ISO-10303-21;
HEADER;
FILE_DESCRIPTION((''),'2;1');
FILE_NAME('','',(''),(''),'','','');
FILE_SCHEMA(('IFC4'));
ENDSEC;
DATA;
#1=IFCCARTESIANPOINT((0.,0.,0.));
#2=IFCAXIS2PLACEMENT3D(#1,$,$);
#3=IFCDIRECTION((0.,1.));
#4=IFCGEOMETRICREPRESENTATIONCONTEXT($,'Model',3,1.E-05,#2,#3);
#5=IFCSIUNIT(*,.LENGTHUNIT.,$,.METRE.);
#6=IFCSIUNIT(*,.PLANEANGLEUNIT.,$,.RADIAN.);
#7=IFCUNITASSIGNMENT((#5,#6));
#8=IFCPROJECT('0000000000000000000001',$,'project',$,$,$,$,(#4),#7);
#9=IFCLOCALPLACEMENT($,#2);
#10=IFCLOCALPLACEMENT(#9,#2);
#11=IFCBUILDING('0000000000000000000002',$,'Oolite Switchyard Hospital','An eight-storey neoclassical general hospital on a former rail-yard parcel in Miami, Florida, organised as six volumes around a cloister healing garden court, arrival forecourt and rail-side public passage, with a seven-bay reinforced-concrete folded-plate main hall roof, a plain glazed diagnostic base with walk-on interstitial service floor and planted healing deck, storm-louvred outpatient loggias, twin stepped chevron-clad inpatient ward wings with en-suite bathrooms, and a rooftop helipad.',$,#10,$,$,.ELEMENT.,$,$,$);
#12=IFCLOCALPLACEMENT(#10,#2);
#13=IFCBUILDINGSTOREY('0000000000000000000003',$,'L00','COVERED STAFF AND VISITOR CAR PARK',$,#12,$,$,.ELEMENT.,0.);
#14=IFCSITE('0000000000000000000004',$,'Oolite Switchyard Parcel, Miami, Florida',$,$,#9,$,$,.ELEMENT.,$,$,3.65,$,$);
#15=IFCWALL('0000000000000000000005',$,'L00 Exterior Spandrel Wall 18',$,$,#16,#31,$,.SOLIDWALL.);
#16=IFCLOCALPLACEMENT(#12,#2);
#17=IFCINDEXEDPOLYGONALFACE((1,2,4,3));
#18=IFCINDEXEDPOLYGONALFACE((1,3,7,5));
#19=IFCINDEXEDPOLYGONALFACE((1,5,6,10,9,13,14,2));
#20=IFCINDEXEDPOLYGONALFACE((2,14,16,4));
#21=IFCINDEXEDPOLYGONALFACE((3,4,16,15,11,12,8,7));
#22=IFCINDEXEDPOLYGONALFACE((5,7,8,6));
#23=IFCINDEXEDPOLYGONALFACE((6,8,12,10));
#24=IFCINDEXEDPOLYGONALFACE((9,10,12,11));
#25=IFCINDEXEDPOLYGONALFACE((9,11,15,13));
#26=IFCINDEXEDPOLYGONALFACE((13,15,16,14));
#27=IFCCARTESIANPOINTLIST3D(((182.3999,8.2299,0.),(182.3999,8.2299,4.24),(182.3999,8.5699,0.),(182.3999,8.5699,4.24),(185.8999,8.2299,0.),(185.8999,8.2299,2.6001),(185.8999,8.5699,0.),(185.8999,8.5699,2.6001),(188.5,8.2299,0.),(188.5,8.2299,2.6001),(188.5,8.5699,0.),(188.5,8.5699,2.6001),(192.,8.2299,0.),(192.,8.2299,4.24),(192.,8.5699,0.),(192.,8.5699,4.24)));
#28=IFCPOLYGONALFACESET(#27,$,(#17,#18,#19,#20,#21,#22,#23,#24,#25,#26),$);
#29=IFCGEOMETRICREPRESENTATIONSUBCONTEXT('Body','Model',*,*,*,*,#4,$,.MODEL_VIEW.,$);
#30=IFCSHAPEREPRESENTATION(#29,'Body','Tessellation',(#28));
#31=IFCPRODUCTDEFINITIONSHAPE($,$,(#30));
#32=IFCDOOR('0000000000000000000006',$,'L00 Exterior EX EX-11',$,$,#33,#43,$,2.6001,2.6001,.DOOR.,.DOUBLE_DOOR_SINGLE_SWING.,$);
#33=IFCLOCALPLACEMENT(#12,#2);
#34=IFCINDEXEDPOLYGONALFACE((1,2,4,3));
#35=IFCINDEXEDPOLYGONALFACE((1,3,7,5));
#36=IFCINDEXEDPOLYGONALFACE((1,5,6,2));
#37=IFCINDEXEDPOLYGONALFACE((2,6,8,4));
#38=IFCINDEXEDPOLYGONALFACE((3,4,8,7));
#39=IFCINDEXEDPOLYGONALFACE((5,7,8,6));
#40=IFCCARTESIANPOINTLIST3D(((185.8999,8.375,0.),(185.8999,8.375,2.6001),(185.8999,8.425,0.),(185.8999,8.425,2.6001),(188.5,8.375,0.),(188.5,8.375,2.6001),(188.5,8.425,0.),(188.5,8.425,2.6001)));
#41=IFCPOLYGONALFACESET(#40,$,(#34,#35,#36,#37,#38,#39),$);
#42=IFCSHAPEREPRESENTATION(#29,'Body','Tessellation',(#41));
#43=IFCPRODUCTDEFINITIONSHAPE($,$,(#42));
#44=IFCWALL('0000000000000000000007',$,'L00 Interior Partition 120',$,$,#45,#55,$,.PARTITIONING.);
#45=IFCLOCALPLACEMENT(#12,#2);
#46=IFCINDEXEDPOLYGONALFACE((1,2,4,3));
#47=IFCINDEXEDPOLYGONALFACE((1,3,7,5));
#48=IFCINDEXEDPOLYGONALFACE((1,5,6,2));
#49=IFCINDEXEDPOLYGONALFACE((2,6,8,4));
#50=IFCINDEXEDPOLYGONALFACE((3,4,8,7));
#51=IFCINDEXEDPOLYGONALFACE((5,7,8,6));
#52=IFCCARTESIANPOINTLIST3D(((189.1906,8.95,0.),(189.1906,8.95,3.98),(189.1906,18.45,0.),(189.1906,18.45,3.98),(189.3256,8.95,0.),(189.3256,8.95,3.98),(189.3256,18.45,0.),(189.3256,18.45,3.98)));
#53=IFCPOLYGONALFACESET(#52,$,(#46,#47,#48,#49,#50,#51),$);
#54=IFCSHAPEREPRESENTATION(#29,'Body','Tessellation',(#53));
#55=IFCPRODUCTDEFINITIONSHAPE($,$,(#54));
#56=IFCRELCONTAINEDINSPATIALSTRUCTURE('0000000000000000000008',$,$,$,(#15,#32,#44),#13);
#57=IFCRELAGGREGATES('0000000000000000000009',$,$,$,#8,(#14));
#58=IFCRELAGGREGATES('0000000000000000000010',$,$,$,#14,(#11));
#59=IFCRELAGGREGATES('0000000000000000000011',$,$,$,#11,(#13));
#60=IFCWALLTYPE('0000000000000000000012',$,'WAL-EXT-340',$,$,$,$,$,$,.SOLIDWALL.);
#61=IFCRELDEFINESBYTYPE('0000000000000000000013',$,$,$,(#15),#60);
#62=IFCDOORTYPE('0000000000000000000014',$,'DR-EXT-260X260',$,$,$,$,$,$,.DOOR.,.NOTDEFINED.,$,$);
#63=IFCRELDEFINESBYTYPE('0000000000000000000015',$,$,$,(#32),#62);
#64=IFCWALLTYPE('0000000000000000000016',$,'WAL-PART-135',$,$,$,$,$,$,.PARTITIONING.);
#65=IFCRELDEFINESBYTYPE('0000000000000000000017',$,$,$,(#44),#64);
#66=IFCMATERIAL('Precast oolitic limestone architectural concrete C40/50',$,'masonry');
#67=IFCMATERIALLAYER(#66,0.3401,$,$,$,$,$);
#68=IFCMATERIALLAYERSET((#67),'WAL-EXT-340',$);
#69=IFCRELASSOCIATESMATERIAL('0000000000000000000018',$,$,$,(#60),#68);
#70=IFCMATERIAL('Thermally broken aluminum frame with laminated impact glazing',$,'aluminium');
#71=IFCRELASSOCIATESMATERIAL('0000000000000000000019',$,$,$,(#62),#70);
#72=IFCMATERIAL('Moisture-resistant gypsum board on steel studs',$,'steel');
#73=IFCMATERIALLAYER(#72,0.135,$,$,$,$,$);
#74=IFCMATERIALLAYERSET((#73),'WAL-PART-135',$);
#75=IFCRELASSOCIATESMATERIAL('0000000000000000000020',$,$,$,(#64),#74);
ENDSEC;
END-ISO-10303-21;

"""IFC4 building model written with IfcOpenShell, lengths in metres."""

from ifc_helpers import new_model, si_unit, direction, frame, frame_2d, origin, place, context, subcontext, project, spatial, rectangle, extrude, material, layer, layer_set, type_object, element, fill, save


model = new_model("IFC4")

# Units and contexts
model_context = context("Model", 3, precision=1e-05, world=origin(), true_north=direction((0.0, 1.0)))
body_context = subcontext(model_context, "Body", "Model", "MODEL_VIEW")
ifc_project = project(units=[si_unit("LENGTHUNIT", "METRE"), si_unit("PLANEANGLEUNIT", "RADIAN")], contexts=[model_context])

# Site, building, storey
site_placement = place(None, origin())
site = spatial("IfcSite", under=ifc_project, at=site_placement, Name="Oolite Switchyard Parcel, Miami, Florida", CompositionType="ELEMENT", RefElevation=3.65)
building_placement = place(site_placement, origin())
building = spatial("IfcBuilding", under=site, at=building_placement, Name="Oolite Switchyard Hospital", Description="An eight-storey neoclassical general hospital on a former rail-yard parcel in Miami, Florida, organised as six volumes around a cloister healing garden court, arrival forecourt and rail-side public passage, with a seven-bay reinforced-concrete folded-plate main hall roof, a plain glazed diagnostic base with walk-on interstitial service floor and planted healing deck, storm-louvred outpatient loggias, twin stepped chevron-clad inpatient ward wings with en-suite bathrooms, and a rooftop helipad.", CompositionType="ELEMENT")
storey_placement = place(building_placement, origin())
storey = spatial("IfcBuildingStorey", under=building, at=storey_placement, Name="L00", Description="COVERED STAFF AND VISITOR CAR PARK", CompositionType="ELEMENT", Elevation=0.0)

# Shared definitions
ifc_material_1 = material(Name="Thermally broken aluminum frame with laminated impact glazing", Category="aluminium")

# Wall, opening, door
ifc_material_2 = material(Name="Precast oolitic limestone architectural concrete C40/50", Category="masonry")
ifc_layer_1 = layer(ifc_material_2, 0.3401)
ifc_layer_set_1 = layer_set([ifc_layer_1], Name="WAL-EXT-340")
wall_type_1 = type_object("IfcWallType", Name="WAL-EXT-340", PredefinedType="SOLIDWALL", material=ifc_layer_set_1)
wall_1_placement = place(storey_placement, frame((192.0, 8.3999, 0.0), z_axis=(0.0, 0.0, 1.0), x_axis=(-1.0, 0.0, 0.0)))
wall_1 = element("IfcWall", 1, at=wall_1_placement, inside=storey, type_object=wall_type_1, Name="L00 Exterior Spandrel Wall 18", PredefinedType="SOLIDWALL", context=body_context, shape_type="SweptSolid", body=[
    extrude(rectangle(XDim=9.6001, YDim=0.3401, at=frame_2d((4.8, 0.0))), origin(), (0.0, 0.0, 1.0), 4.24),
])
opening_placement = place(wall_1_placement, frame((3.5, 0.0, 0.0)))
opening = element("IfcOpeningElement", 2, at=opening_placement, cuts=wall_1, PredefinedType="OPENING", context=body_context, shape_type="SweptSolid", body=[
    extrude(rectangle(XDim=2.6001, YDim=2.6001, at=frame_2d((1.3, 1.3))), frame((0.0, 0.1802, 0.0), z_axis=(0.0, -1.0, 0.0), x_axis=(1.0, 0.0, 0.0)), (0.0, 0.0, 1.0), 0.3601),
])
door_type = type_object("IfcDoorType", Name="DR-EXT-260X260", OperationType="NOTDEFINED", PredefinedType="DOOR", material=ifc_material_1)
door_placement = place(opening_placement, origin())
door = element("IfcDoor", 3, at=door_placement, inside=storey, type_object=door_type, Name="L00 Exterior EX EX-11", OperationType="DOUBLE_DOOR_SINGLE_SWING", OverallHeight=2.6001, OverallWidth=2.6001, PredefinedType="DOOR", context=body_context, shape_type="SweptSolid", body=[
    extrude(rectangle(XDim=2.6001, YDim=2.6001, at=frame_2d((1.3, 1.3))), frame((0.0, 0.0249, 0.0), z_axis=(0.0, -1.0, 0.0), x_axis=(1.0, 0.0, 0.0)), (0.0, 0.0, 1.0), 0.05),
])
fill(opening, door)

# Wall
ifc_material_3 = material(Name="Moisture-resistant gypsum board on steel studs", Category="steel")
ifc_layer_2 = layer(ifc_material_3, 0.135)
ifc_layer_set_2 = layer_set([ifc_layer_2], Name="WAL-PART-135")
wall_type_2 = type_object("IfcWallType", Name="WAL-PART-135", PredefinedType="PARTITIONING", material=ifc_layer_set_2)
wall_2_placement = place(storey_placement, frame((189.2581, 8.95, 0.0), z_axis=(0.0, 0.0, 1.0), x_axis=(0.0, 1.0, 0.0)))
element("IfcWall", 4, at=wall_2_placement, inside=storey, type_object=wall_type_2, Name="L00 Interior Partition 120", PredefinedType="PARTITIONING", context=body_context, shape_type="SweptSolid", body=[
    extrude(rectangle(XDim=9.5, YDim=0.135, at=frame_2d((4.75, 0.0))), origin(), (0.0, 0.0, 1.0), 3.98),
])

save(model, "model.ifc")
